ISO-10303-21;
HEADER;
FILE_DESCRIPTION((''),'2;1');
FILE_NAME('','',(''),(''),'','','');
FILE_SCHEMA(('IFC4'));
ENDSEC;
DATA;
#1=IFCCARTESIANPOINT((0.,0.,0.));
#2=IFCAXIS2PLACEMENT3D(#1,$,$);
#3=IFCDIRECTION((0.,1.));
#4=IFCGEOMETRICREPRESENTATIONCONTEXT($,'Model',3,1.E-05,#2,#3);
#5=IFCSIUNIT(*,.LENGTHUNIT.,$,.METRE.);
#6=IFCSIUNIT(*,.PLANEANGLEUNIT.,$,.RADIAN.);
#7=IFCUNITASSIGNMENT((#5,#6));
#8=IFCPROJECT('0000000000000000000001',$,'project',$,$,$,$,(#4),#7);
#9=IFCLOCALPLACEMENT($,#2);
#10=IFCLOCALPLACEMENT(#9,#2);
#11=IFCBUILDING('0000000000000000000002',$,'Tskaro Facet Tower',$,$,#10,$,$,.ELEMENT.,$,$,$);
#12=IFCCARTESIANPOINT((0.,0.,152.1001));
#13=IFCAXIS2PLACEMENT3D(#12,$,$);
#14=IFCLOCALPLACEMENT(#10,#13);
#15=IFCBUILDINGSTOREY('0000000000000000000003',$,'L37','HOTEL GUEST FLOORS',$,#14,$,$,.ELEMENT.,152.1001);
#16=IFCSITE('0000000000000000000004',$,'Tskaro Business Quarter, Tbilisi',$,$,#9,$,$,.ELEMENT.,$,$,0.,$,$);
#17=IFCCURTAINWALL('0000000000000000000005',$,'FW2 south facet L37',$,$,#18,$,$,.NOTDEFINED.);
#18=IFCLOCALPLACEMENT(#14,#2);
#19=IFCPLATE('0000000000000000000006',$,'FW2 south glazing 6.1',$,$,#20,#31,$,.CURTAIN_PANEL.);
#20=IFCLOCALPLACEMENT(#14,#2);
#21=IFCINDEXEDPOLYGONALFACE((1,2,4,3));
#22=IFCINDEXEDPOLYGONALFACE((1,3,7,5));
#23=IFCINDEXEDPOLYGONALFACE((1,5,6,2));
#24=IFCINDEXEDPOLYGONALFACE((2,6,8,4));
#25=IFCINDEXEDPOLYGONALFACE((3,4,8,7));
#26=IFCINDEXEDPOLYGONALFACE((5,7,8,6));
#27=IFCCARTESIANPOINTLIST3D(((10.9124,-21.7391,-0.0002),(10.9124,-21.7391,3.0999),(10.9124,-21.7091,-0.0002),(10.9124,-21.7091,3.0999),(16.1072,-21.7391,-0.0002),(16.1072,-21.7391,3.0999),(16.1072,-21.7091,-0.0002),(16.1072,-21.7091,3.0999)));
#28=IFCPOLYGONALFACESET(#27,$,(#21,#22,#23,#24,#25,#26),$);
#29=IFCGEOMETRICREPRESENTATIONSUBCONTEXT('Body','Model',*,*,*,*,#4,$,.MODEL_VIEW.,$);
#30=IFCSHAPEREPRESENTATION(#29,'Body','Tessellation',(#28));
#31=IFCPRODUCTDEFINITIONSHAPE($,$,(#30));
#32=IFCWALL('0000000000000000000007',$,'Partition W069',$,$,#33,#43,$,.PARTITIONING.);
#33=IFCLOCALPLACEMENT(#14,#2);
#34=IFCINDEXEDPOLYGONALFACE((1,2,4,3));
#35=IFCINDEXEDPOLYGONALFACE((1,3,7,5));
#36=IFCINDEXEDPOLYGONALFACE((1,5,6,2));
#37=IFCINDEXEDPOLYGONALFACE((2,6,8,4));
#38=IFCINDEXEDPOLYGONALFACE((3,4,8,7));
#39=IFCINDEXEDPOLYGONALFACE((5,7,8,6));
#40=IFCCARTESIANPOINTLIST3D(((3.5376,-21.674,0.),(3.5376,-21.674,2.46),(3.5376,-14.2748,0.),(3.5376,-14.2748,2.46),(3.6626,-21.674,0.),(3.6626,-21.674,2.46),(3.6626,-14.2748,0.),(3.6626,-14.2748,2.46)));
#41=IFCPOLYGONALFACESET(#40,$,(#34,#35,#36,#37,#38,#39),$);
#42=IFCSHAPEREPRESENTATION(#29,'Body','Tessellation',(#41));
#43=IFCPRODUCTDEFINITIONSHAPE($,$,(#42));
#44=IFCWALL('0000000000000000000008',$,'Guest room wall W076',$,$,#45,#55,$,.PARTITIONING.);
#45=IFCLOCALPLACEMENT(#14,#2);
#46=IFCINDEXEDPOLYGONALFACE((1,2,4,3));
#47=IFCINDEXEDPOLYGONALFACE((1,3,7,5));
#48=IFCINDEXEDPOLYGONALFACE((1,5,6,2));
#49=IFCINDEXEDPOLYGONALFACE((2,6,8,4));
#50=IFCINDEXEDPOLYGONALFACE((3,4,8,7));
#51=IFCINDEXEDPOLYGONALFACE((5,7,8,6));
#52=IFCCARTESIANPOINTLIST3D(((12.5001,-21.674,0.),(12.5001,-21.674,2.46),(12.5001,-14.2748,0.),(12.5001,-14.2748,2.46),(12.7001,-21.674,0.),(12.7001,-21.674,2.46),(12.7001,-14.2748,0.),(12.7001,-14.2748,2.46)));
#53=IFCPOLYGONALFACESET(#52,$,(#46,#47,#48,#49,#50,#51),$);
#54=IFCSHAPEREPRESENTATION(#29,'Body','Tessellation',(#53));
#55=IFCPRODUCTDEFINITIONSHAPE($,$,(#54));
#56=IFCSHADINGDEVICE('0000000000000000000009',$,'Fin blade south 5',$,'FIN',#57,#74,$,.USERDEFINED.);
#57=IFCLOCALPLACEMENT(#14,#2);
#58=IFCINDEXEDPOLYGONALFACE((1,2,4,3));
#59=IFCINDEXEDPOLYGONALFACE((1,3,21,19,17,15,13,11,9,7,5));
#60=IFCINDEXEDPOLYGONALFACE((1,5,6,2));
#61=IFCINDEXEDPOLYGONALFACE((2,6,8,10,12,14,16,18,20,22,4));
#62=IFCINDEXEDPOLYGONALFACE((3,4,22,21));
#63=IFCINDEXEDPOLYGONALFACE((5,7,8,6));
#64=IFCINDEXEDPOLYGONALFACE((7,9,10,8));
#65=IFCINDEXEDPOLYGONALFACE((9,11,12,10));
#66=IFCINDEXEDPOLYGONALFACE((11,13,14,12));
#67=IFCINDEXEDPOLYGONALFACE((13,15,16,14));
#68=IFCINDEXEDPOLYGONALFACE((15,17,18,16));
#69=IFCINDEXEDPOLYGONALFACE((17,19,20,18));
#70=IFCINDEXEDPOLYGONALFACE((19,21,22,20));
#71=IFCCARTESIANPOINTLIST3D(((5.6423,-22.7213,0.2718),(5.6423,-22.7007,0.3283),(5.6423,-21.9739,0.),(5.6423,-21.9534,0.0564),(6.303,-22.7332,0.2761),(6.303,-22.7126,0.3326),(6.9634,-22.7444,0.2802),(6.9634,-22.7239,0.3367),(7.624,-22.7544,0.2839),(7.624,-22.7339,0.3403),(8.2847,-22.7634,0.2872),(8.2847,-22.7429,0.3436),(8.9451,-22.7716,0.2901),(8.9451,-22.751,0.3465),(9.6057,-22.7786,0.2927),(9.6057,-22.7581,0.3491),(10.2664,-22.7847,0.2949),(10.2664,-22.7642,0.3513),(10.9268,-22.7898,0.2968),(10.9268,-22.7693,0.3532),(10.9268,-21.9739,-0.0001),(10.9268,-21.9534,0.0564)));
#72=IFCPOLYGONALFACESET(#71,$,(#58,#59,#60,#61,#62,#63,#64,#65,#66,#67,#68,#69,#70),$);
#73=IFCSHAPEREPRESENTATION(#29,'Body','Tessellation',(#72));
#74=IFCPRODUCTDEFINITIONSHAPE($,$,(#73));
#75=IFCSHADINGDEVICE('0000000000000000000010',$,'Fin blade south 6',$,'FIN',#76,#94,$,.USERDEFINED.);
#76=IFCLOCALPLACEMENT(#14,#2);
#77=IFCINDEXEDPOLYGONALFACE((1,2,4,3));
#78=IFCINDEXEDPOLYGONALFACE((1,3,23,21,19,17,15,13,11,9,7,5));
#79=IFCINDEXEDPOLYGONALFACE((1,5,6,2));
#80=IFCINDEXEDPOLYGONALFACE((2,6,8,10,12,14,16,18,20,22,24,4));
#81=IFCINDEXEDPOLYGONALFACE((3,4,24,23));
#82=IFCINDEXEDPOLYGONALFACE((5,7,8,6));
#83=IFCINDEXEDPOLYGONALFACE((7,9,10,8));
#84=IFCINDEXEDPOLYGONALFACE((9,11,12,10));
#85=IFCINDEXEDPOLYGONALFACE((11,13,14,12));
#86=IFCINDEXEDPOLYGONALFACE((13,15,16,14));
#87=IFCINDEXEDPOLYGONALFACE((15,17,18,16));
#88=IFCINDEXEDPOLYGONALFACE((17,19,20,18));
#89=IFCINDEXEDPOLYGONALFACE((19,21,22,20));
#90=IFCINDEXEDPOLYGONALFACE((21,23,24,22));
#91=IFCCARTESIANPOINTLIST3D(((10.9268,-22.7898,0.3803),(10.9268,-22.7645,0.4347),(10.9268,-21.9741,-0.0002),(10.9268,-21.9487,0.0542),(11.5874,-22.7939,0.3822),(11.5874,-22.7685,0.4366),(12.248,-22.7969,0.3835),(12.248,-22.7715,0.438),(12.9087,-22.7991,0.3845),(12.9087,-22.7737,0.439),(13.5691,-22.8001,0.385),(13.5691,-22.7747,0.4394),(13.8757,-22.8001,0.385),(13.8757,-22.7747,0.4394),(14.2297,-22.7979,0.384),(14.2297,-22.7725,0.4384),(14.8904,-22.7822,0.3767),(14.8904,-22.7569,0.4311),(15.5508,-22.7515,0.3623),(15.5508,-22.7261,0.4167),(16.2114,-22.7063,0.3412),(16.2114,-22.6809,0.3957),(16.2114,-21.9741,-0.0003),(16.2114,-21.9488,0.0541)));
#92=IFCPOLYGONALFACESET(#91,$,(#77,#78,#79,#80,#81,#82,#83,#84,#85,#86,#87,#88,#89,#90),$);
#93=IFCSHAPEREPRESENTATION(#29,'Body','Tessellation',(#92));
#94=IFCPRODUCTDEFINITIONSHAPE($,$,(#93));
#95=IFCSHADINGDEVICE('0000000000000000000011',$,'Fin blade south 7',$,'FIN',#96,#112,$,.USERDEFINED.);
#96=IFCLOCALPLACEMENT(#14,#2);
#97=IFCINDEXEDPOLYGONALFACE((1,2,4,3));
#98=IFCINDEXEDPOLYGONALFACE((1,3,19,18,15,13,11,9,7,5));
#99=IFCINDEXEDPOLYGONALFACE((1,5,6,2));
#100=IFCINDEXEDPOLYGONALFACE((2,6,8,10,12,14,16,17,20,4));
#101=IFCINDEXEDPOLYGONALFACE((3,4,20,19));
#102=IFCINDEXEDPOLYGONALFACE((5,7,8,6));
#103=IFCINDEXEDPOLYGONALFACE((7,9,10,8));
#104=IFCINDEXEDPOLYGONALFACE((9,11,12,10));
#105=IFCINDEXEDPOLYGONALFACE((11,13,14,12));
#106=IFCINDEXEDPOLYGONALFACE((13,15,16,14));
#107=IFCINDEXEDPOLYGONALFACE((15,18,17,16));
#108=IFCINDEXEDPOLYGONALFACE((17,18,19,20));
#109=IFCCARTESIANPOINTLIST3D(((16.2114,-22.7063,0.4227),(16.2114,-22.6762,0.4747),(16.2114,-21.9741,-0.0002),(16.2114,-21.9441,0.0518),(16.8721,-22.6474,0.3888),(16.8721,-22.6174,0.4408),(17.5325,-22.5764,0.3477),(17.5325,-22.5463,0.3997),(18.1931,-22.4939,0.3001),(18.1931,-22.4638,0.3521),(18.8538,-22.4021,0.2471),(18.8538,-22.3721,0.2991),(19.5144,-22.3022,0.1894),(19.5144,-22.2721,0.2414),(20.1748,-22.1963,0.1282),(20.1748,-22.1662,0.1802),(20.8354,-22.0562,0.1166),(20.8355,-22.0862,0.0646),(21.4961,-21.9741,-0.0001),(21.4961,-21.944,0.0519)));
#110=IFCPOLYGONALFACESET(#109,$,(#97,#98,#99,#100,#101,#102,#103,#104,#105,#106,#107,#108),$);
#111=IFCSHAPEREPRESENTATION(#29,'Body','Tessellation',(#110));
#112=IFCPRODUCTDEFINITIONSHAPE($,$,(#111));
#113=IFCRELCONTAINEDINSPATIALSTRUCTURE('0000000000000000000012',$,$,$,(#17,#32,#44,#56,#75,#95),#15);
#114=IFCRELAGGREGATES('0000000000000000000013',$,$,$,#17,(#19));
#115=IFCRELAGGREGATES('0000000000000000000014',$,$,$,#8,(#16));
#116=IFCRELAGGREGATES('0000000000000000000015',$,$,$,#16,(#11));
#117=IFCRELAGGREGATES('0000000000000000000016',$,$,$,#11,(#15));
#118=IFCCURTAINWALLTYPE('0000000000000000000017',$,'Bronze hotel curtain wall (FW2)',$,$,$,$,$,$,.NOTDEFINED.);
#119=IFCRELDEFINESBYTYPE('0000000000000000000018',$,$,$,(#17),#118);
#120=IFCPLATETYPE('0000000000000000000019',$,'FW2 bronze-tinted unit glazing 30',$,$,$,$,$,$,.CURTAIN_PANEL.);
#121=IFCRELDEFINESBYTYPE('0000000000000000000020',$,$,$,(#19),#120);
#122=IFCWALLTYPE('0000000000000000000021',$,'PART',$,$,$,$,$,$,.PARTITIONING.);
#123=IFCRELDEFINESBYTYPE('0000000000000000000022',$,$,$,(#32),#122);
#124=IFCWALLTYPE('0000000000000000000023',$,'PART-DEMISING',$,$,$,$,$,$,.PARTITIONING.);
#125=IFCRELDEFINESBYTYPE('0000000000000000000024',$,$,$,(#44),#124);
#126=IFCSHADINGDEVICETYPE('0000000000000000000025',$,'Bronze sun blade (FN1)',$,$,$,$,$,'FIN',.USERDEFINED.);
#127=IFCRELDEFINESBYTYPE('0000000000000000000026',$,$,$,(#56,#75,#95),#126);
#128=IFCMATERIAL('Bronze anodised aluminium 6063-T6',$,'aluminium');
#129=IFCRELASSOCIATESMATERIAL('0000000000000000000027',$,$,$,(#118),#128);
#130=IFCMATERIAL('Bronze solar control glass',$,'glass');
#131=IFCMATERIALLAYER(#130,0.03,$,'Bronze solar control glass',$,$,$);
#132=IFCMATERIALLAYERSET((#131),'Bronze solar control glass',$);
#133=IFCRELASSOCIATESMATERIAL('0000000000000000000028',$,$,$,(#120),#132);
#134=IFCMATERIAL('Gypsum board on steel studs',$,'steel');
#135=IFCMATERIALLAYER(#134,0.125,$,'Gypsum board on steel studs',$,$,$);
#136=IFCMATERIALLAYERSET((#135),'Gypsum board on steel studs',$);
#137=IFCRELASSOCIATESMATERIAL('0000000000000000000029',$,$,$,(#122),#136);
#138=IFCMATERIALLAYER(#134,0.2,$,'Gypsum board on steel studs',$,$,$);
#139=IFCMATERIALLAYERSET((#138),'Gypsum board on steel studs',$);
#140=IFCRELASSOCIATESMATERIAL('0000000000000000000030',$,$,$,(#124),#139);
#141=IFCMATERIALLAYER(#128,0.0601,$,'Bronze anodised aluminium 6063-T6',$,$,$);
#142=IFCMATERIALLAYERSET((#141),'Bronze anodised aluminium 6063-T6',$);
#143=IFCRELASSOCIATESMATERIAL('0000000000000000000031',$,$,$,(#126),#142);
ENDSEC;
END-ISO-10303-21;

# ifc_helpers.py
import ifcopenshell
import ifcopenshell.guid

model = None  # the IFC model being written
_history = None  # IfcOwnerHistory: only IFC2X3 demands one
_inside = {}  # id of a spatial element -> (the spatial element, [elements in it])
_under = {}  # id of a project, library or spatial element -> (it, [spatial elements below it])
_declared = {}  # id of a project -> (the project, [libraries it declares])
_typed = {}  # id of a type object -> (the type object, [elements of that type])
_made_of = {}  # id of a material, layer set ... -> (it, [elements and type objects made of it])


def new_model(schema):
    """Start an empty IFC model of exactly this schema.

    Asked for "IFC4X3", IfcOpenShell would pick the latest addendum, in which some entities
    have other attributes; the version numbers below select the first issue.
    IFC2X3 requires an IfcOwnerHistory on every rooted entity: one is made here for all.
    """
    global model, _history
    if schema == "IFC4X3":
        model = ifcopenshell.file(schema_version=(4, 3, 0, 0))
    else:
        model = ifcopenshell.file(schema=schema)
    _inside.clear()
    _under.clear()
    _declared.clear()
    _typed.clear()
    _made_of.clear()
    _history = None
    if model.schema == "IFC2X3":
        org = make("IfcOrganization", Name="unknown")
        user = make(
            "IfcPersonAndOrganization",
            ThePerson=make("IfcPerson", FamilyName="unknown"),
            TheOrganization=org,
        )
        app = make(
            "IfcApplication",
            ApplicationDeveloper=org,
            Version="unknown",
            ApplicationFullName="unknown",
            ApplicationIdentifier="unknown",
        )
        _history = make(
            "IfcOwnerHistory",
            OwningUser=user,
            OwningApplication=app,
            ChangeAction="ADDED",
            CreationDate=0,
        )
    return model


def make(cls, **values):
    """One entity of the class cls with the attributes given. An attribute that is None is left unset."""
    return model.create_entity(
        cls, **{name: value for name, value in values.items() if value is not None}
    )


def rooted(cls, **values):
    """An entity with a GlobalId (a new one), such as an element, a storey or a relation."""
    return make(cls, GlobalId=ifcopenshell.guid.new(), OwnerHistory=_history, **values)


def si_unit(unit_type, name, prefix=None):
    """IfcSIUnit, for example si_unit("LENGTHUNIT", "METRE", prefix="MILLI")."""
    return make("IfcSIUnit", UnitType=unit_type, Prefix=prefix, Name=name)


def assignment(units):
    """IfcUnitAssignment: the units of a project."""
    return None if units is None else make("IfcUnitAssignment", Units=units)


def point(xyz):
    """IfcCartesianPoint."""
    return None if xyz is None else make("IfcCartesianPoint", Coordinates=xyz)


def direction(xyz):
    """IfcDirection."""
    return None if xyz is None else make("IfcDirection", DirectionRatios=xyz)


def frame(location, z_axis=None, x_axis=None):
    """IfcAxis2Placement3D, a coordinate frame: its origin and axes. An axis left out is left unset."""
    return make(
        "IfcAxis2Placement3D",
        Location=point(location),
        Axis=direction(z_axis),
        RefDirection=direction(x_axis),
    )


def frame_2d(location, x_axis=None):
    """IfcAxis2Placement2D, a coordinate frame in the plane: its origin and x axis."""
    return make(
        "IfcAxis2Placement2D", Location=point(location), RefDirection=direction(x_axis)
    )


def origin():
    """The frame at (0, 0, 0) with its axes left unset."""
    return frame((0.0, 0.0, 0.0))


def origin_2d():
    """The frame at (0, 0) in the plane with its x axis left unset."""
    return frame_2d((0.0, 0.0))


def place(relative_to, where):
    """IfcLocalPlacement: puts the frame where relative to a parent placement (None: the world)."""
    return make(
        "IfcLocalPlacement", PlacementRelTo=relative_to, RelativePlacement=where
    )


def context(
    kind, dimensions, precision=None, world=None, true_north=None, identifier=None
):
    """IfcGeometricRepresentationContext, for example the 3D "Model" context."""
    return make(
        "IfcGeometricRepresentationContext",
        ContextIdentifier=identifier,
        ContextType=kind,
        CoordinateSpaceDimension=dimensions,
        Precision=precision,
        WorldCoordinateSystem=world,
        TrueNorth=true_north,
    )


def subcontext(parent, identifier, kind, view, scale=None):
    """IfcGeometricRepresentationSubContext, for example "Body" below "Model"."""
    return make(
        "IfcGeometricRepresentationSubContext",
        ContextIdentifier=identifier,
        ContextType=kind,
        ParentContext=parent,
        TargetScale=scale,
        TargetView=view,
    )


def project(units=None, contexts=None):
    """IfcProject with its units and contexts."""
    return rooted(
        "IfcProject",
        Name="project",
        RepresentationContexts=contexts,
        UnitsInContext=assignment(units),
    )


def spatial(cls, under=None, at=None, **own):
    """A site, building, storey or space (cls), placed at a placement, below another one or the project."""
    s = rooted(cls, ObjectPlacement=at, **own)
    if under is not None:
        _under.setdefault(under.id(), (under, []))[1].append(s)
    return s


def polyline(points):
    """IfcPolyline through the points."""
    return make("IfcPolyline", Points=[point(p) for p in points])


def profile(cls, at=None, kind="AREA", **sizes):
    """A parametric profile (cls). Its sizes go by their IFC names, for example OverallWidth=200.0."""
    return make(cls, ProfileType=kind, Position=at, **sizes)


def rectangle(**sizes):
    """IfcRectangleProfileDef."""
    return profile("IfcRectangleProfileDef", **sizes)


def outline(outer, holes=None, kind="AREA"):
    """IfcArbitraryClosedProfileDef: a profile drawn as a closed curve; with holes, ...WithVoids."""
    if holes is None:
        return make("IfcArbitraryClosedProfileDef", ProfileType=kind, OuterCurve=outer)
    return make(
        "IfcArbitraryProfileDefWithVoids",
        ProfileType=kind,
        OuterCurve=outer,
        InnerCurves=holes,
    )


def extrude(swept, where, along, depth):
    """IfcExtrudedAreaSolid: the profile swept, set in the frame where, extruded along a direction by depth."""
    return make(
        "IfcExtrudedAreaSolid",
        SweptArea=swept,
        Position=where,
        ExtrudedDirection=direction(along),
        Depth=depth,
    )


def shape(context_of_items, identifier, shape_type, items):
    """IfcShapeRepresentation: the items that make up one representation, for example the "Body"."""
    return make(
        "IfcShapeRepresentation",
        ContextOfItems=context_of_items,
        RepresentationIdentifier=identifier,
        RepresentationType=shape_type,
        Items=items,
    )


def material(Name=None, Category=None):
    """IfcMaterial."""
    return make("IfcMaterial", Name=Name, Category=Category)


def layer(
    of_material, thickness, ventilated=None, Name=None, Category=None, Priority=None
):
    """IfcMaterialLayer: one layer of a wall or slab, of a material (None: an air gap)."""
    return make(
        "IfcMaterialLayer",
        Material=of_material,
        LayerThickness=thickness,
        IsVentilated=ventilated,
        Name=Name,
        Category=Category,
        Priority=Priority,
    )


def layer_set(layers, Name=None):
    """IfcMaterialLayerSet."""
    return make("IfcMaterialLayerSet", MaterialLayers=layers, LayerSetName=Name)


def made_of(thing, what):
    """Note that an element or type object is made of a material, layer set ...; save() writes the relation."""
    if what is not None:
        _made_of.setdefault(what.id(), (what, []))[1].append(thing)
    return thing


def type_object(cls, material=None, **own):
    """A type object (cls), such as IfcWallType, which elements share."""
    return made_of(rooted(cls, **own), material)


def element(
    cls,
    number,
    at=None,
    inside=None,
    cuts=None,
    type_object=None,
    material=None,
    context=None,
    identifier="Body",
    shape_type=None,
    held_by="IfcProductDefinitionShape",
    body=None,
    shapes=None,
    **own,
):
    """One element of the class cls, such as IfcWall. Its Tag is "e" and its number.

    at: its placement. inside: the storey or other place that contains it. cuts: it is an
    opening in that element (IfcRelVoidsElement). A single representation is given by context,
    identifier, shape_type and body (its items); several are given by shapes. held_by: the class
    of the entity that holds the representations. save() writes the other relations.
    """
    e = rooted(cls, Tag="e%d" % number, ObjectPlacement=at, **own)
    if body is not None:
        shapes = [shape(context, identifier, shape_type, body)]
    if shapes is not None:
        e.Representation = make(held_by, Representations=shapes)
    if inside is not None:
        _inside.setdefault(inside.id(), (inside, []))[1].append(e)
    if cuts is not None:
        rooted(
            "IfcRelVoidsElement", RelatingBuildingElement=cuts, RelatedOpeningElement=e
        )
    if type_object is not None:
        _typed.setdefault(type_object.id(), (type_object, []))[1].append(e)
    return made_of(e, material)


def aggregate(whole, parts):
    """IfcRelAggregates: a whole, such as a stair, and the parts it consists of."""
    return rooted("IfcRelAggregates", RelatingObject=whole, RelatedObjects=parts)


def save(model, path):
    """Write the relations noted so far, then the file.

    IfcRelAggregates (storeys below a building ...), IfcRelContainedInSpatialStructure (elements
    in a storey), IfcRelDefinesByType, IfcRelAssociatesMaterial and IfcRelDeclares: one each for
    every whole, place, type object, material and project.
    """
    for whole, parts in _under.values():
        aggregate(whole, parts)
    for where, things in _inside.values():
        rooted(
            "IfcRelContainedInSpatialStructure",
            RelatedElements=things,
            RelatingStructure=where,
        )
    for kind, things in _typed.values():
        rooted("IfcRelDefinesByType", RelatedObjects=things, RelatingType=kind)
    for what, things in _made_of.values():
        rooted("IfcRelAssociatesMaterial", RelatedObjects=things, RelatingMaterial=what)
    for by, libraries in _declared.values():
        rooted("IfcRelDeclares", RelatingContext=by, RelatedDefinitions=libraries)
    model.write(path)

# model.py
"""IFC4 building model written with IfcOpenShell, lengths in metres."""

from ifc_helpers import new_model, si_unit, direction, frame, frame_2d, origin, origin_2d, place, context, subcontext, project, spatial, polyline, rectangle, outline, extrude, material, layer, layer_set, type_object, element, aggregate, save


model = new_model("IFC4")

# Units and contexts
model_context = context("Model", 3, precision=1e-05, world=origin(), true_north=direction((0.0, 1.0)))
body_context = subcontext(model_context, "Body", "Model", "MODEL_VIEW")
ifc_project = project(units=[si_unit("LENGTHUNIT", "METRE"), si_unit("PLANEANGLEUNIT", "RADIAN")], contexts=[model_context])

# Site, building, storey
site_placement = place(None, origin())
site = spatial("IfcSite", under=ifc_project, at=site_placement, Name="Tskaro Business Quarter, Tbilisi", CompositionType="ELEMENT", RefElevation=0.0)
building_placement = place(site_placement, origin())
building = spatial("IfcBuilding", under=site, at=building_placement, Name="Tskaro Facet Tower", CompositionType="ELEMENT")
storey_placement = place(building_placement, frame((0.0, 0.0, 152.1001)))
storey = spatial("IfcBuildingStorey", under=building, at=storey_placement, Name="L37", Description="HOTEL GUEST FLOORS", CompositionType="ELEMENT", Elevation=152.1001)

# Curtain wall
ifc_material_1 = material(Name="Bronze anodised aluminium 6063-T6", Category="aluminium")
curtain_wall_type = type_object("IfcCurtainWallType", Name="Bronze hotel curtain wall (FW2)", PredefinedType="NOTDEFINED", material=ifc_material_1)
curtain_wall_placement = place(storey_placement, origin())
curtain_wall = element("IfcCurtainWall", 1, at=curtain_wall_placement, inside=storey, type_object=curtain_wall_type, Name="FW2 south facet L37", PredefinedType="NOTDEFINED")

# Plate
ifc_material_2 = material(Name="Bronze solar control glass", Category="glass")
ifc_layer_1 = layer(ifc_material_2, 0.03, Name="Bronze solar control glass")
ifc_layer_set_1 = layer_set([ifc_layer_1], Name="Bronze solar control glass")
plate_type = type_object("IfcPlateType", Name="FW2 bronze-tinted unit glazing 30", PredefinedType="CURTAIN_PANEL", material=ifc_layer_set_1)
plate_1_placement = place(storey_placement, frame((13.5098, -21.7241, -0.0002), z_axis=(0.0, 0.0, 1.0), x_axis=(1.0, 0.0, 0.0)))
plate_1 = element("IfcPlate", 2, at=plate_1_placement, type_object=plate_type, Name="FW2 south glazing 6.1", PredefinedType="CURTAIN_PANEL", context=body_context, shape_type="SweptSolid", body=[
    extrude(rectangle(XDim=5.1948, YDim=0.03, at=origin_2d()), origin(), (0.0, 0.0, 1.0), 3.1001),
])
aggregate(curtain_wall, [plate_1])

# Walls
ifc_material_3 = material(Name="Gypsum board on steel studs", Category="steel")
ifc_layer_2 = layer(ifc_material_3, 0.125, Name="Gypsum board on steel studs")
ifc_layer_set_2 = layer_set([ifc_layer_2], Name="Gypsum board on steel studs")
wall_type_1 = type_object("IfcWallType", Name="PART", PredefinedType="PARTITIONING", material=ifc_layer_set_2)
wall_1_placement = place(storey_placement, frame((3.6001, -21.6741, 0.0), z_axis=(0.0, 0.0, 1.0), x_axis=(0.0, 1.0, 0.0)))
element("IfcWall", 3, at=wall_1_placement, inside=storey, type_object=wall_type_1, Name="Partition W069", PredefinedType="PARTITIONING", context=body_context, shape_type="SweptSolid", body=[
    extrude(rectangle(XDim=7.3992, YDim=0.125, at=frame_2d((3.6997, 0.0))), origin(), (0.0, 0.0, 1.0), 2.46),
])
ifc_layer_3 = layer(ifc_material_3, 0.2, Name="Gypsum board on steel studs")
ifc_layer_set_3 = layer_set([ifc_layer_3], Name="Gypsum board on steel studs")
wall_type_2 = type_object("IfcWallType", Name="PART-DEMISING", PredefinedType="PARTITIONING", material=ifc_layer_set_3)
wall_2_placement = place(storey_placement, frame((12.6001, -21.6741, 0.0), z_axis=(0.0, 0.0, 1.0), x_axis=(0.0, 1.0, 0.0)))
element("IfcWall", 4, at=wall_2_placement, inside=storey, type_object=wall_type_2, Name="Guest room wall W076", PredefinedType="PARTITIONING", context=body_context, shape_type="SweptSolid", body=[
    extrude(rectangle(XDim=7.3992, YDim=0.2, at=frame_2d((3.6997, 0.0))), origin(), (0.0, 0.0, 1.0), 2.46),
])

# Shading devices
ifc_layer_4 = layer(ifc_material_1, 0.0601, Name="Bronze anodised aluminium 6063-T6")
ifc_layer_set_4 = layer_set([ifc_layer_4], Name="Bronze anodised aluminium 6063-T6")
shading_device_type = type_object("IfcShadingDeviceType", Name="Bronze sun blade (FN1)", ElementType="FIN", PredefinedType="USERDEFINED", material=ifc_layer_set_4)
shading_device_1_placement = place(storey_placement, frame((5.6423, -21.9534, 0.0564), z_axis=(0.000004, 0.341857, 0.939752), x_axis=(1.0, -0.000001, -0.000004)))
element("IfcShadingDevice", 5, at=shading_device_1_placement, inside=storey, type_object=shading_device_type, Name="Fin blade south 5", ObjectType="FIN", PredefinedType="USERDEFINED", context=body_context, shape_type="SweptSolid", body=[
    extrude(outline(polyline([(0.0, 0.0), (5.2844, 0.0), (5.2844, -0.8682), (4.624, -0.8628), (3.9634, -0.8563), (3.3027, -0.8488), (2.6423, -0.8401), (1.9817, -0.8306), (1.321, -0.8199), (0.6606, -0.8079), (0.0, -0.7953), (0.0, 0.0)])), origin(), (0.0, 0.0, -1.0), 0.0601),
])
shading_device_2_placement = place(storey_placement, frame((10.9268, -21.9487, 0.0542), z_axis=(0.00001, 0.422723, 0.906259), x_axis=(1.0, -0.000004, -0.000009)))
element("IfcShadingDevice", 6, at=shading_device_2_placement, inside=storey, type_object=shading_device_type, Name="Fin blade south 6", ObjectType="FIN", PredefinedType="USERDEFINED", context=body_context, shape_type="SweptSolid", body=[
    extrude(outline(polyline([(0.0, 0.0), (5.2847, 0.0), (5.2847, -0.8079), (4.624, -0.8577), (3.9636, -0.8917), (3.303, -0.909), (2.949, -0.9114), (2.6423, -0.9114), (1.9819, -0.9103), (1.3213, -0.9079), (0.6606, -0.9046), (0.0, -0.9001), (0.0, 0.0)])), origin(), (0.0, 0.0, -1.0), 0.0601),
])
shading_device_3_placement = place(storey_placement, frame((16.2114, -21.9441, 0.0518), z_axis=(-0.000025, 0.500243, 0.865885), x_axis=(1.0, 0.000013, 0.000022)))
element("IfcShadingDevice", 7, at=shading_device_3_placement, inside=storey, type_object=shading_device_type, Name="Fin blade south 7", ObjectType="FIN", PredefinedType="USERDEFINED", context=body_context, shape_type="SweptSolid", body=[
    extrude(outline(polyline([(0.0, 0.0), (5.2847, 0.0), (4.624, -0.1295), (3.9634, -0.2566), (3.303, -0.3789), (2.6423, -0.4943), (1.9817, -0.6003), (1.321, -0.6956), (0.6606, -0.7776), (0.0, -0.8455), (0.0, 0.0)])), origin(), (0.0, 0.0, -1.0), 0.0601),
])

save(model, "model.ifc")
